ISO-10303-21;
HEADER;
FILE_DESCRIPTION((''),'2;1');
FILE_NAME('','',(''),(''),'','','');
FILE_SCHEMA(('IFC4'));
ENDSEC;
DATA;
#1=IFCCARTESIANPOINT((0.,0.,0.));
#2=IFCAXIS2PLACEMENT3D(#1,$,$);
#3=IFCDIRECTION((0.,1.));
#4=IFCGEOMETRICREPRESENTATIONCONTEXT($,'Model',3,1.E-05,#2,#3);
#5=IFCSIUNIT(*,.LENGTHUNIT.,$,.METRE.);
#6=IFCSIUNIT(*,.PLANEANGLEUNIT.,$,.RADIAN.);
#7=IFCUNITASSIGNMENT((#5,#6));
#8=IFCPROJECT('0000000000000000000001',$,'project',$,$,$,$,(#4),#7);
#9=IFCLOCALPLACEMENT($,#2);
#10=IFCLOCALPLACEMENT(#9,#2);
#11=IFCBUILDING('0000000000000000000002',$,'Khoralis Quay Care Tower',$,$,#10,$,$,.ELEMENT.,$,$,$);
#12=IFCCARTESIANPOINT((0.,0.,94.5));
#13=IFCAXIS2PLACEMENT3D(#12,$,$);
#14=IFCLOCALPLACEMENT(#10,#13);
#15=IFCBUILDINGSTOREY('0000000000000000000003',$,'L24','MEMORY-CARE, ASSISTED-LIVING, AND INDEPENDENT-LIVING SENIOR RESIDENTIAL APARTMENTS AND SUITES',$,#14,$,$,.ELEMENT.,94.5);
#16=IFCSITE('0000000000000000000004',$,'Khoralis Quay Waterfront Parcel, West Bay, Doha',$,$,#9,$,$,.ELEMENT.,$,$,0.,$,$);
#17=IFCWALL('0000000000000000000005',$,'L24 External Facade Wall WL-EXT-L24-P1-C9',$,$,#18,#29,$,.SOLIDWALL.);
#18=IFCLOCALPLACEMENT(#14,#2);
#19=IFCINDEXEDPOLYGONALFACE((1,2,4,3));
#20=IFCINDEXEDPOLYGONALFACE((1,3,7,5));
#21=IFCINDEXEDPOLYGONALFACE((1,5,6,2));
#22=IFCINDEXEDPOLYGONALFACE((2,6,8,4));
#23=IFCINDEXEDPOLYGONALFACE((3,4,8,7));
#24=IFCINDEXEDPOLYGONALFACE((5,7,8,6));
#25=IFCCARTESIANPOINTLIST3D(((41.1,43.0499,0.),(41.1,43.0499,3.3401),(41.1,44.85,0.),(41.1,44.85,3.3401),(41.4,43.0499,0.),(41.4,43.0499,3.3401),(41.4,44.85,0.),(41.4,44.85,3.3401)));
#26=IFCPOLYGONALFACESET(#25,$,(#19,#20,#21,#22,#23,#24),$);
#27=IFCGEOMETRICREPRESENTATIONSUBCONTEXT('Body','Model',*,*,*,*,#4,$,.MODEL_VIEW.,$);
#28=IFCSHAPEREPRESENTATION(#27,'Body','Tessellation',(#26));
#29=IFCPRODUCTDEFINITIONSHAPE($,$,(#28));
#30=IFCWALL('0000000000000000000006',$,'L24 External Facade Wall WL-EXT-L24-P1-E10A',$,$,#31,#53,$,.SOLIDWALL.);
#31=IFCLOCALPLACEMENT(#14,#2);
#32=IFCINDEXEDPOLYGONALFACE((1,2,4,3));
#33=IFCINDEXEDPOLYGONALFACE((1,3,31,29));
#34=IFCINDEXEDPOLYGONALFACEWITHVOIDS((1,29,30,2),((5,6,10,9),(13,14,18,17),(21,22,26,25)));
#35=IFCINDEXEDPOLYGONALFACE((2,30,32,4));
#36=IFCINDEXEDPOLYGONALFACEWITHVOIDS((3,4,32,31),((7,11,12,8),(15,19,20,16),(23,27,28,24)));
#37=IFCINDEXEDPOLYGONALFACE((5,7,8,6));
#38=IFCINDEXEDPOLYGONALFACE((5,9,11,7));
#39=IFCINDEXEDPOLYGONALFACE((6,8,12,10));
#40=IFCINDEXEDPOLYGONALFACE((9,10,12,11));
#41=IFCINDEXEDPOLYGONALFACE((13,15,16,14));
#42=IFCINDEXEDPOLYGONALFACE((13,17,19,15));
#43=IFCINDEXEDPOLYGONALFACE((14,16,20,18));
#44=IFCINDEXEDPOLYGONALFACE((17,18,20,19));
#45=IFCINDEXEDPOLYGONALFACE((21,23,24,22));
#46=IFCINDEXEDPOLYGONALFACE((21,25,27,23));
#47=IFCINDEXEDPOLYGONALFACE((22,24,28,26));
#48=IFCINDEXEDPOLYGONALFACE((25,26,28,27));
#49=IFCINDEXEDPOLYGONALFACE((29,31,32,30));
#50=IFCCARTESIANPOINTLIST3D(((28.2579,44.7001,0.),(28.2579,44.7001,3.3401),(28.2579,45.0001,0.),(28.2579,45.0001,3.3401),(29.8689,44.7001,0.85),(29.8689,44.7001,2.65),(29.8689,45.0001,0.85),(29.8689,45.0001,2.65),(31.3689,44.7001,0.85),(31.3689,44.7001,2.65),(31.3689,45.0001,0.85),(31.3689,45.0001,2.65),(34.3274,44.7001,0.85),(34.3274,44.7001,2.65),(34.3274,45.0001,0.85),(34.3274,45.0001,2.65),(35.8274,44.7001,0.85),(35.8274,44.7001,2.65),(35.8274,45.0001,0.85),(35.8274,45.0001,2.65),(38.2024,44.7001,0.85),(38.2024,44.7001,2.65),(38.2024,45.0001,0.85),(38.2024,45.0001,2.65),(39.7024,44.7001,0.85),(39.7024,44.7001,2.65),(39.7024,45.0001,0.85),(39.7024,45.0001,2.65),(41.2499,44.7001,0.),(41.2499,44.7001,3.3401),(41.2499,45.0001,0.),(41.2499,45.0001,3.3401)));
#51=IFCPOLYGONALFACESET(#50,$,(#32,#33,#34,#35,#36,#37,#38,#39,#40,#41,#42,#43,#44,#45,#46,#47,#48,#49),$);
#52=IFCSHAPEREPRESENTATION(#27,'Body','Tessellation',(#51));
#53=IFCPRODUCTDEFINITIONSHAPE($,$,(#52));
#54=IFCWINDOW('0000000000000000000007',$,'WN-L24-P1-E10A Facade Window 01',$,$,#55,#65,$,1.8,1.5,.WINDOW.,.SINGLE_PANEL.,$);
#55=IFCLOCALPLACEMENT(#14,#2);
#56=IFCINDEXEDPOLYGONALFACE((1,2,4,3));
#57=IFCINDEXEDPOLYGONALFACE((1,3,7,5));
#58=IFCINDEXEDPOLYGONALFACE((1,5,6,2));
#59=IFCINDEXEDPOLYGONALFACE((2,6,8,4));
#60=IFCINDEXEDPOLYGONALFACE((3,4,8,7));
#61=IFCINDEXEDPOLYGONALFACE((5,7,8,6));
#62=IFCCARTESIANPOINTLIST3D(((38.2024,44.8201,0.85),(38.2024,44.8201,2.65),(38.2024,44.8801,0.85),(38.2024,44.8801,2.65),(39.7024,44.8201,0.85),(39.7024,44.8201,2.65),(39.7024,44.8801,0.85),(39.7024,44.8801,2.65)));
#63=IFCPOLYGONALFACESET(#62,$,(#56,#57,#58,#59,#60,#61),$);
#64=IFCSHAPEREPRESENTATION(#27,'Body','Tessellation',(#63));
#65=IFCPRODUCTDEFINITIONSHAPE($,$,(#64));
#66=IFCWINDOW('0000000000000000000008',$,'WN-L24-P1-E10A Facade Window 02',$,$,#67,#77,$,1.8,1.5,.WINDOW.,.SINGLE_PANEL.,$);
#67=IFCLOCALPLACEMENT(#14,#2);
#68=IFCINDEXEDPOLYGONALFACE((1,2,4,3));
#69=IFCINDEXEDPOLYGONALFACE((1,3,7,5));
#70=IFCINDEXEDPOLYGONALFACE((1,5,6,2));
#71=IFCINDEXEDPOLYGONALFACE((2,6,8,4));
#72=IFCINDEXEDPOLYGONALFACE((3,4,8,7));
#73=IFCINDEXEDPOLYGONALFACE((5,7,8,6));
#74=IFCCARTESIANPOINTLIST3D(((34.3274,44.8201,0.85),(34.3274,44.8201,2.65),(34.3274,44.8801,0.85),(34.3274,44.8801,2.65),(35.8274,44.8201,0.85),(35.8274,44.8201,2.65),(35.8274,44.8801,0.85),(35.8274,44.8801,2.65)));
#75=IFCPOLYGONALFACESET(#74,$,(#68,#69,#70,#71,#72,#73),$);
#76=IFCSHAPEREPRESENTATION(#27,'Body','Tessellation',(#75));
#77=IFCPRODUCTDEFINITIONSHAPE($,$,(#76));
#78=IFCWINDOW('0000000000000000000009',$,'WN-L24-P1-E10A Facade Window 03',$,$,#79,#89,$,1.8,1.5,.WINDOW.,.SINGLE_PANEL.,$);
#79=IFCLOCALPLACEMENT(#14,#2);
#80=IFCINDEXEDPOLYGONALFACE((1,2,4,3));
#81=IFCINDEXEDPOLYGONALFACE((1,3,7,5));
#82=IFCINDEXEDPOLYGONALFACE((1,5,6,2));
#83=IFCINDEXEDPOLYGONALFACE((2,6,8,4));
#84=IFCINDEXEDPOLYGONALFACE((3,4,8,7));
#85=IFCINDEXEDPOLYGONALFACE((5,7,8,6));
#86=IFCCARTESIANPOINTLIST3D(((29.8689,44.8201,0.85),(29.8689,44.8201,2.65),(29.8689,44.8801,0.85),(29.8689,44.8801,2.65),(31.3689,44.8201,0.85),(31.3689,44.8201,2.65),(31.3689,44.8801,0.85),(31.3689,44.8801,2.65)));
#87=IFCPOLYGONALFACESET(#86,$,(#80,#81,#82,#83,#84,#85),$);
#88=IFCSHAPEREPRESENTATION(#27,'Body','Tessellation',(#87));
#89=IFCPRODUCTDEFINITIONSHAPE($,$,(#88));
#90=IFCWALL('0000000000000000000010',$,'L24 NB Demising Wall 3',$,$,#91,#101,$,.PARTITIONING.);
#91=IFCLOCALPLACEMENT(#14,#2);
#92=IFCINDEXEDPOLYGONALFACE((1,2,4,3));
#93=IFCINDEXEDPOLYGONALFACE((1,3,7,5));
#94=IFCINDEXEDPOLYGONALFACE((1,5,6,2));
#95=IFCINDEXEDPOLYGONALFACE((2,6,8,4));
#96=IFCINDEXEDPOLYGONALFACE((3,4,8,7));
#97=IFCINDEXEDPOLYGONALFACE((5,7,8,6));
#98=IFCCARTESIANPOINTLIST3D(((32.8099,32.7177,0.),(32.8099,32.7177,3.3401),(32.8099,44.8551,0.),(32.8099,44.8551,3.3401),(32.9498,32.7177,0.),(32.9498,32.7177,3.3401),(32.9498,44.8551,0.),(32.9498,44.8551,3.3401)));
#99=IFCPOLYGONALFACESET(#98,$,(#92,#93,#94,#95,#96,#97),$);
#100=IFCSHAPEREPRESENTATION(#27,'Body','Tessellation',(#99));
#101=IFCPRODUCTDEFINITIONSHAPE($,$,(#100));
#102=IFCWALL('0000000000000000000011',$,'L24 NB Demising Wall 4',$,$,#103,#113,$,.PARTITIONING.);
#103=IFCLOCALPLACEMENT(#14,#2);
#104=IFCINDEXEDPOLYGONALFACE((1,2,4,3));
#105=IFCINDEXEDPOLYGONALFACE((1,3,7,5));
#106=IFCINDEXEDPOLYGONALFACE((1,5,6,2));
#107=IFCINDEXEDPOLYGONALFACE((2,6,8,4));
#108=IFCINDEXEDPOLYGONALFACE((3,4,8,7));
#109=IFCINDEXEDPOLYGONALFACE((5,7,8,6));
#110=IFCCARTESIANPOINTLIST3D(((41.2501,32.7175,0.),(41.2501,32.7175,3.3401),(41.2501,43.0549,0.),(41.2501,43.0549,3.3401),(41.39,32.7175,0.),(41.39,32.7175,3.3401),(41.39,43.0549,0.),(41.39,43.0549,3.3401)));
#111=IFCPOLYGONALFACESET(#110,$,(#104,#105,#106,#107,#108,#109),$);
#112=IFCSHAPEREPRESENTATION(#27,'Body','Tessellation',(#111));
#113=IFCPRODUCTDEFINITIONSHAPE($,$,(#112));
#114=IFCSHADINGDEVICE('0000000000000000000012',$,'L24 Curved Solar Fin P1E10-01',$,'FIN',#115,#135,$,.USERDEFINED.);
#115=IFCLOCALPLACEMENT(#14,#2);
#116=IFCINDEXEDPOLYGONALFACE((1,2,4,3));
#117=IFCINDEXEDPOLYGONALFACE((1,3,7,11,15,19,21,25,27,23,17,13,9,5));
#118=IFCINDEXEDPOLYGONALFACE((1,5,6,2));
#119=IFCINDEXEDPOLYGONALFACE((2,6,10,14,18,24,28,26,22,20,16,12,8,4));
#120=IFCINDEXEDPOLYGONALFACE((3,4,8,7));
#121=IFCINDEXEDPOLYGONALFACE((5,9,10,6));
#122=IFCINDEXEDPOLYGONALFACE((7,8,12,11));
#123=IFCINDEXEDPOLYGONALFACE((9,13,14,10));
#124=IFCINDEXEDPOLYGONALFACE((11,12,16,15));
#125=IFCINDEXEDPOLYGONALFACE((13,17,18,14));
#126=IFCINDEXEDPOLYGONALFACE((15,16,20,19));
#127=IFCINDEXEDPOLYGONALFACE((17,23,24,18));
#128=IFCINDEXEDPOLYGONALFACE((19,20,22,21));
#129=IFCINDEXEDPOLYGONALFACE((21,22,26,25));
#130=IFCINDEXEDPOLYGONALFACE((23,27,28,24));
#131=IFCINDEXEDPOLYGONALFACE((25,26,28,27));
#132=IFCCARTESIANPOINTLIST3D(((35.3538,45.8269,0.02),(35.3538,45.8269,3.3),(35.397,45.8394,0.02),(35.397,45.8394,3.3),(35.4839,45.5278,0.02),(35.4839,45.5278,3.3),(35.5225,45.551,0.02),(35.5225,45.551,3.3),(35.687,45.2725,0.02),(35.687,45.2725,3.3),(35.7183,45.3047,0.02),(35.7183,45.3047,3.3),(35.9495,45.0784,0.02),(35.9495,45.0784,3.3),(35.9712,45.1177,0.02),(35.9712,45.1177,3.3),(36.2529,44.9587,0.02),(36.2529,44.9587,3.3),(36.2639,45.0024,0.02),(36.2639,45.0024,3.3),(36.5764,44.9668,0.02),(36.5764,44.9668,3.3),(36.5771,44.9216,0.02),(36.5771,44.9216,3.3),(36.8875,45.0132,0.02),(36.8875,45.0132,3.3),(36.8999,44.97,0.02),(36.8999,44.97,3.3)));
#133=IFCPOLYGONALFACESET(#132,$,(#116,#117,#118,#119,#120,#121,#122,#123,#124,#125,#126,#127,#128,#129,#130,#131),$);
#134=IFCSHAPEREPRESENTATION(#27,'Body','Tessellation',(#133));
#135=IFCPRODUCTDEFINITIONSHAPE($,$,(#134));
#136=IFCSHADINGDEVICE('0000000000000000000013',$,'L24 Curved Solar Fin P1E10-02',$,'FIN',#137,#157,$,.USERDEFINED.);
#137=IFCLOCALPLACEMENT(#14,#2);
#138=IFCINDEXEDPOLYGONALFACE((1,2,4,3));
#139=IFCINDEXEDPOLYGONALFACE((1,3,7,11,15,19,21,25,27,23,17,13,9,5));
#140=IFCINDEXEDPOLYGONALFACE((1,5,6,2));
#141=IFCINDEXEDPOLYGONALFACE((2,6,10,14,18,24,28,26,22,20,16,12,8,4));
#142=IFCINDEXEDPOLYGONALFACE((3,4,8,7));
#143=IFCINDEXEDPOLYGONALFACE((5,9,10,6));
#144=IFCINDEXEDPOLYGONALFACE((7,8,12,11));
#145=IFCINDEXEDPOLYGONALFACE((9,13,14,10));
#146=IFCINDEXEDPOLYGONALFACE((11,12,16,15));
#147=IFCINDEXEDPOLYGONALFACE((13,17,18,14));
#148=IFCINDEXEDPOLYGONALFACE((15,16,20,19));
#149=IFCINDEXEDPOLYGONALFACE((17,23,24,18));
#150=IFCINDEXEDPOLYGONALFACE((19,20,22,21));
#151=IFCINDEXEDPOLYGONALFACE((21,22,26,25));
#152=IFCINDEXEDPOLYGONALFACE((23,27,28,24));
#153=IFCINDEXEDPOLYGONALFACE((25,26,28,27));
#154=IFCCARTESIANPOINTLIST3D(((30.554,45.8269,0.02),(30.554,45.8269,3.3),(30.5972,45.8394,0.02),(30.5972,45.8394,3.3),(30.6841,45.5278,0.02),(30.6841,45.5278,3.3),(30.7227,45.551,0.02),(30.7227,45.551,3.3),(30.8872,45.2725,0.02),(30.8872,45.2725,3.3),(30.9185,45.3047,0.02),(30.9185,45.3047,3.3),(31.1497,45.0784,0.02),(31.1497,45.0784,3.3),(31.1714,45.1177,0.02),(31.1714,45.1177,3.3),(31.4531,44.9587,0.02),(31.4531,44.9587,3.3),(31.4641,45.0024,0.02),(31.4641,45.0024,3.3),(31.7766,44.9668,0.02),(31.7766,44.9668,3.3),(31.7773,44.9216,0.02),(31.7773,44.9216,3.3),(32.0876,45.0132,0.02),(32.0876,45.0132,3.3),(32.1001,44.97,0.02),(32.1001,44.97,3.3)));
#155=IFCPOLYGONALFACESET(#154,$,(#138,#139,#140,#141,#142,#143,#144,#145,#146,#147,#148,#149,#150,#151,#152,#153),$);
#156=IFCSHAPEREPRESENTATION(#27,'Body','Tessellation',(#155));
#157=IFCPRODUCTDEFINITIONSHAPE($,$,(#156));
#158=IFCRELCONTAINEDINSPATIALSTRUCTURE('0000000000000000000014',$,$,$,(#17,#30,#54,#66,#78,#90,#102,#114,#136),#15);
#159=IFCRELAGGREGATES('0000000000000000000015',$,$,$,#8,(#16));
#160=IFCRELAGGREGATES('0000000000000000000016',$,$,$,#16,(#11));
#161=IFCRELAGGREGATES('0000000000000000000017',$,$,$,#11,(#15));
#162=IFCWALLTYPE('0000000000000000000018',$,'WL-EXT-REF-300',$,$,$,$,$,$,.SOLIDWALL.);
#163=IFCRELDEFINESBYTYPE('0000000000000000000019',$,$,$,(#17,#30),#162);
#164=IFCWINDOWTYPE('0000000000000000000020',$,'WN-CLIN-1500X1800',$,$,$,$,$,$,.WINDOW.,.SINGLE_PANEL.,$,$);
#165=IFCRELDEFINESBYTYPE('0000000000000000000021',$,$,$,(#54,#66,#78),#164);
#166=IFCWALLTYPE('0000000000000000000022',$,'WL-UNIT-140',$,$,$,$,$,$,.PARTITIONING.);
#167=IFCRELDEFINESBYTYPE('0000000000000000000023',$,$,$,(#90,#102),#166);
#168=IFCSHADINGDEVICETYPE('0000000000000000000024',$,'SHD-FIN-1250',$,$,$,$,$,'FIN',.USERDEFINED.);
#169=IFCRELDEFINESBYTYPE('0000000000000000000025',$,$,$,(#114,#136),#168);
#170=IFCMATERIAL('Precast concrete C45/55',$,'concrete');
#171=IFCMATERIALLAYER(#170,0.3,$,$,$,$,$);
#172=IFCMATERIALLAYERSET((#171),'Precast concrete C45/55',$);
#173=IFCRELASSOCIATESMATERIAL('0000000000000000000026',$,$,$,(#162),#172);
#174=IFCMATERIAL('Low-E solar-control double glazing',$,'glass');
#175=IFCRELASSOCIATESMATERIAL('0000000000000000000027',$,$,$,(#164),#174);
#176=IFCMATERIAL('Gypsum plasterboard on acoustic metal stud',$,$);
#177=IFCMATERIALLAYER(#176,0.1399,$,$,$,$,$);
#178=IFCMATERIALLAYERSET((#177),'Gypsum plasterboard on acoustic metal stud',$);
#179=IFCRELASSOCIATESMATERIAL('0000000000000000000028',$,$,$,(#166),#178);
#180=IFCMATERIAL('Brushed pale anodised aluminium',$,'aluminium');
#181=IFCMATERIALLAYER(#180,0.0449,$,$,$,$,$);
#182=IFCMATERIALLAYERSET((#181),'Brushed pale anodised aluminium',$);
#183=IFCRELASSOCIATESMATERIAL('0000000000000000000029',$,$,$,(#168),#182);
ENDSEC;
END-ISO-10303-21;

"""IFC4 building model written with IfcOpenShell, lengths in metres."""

from ifc_helpers import new_model, si_unit, direction, frame, frame_2d, origin, place, context, subcontext, project, spatial, polyline, rectangle, outline, extrude, source, transform, mapped, material, layer, layer_set, type_object, element, fill, save


model = new_model("IFC4")

# Units and contexts
model_context = context("Model", 3, precision=1e-05, world=origin(), true_north=direction((0.0, 1.0)))
body_context = subcontext(model_context, "Body", "Model", "MODEL_VIEW")
ifc_project = project(units=[si_unit("LENGTHUNIT", "METRE"), si_unit("PLANEANGLEUNIT", "RADIAN")], contexts=[model_context])

# Site, building, storey
site_placement = place(None, origin())
site = spatial("IfcSite", under=ifc_project, at=site_placement, Name="Khoralis Quay Waterfront Parcel, West Bay, Doha", CompositionType="ELEMENT", RefElevation=0.0)
building_placement = place(site_placement, origin())
building = spatial("IfcBuilding", under=site, at=building_placement, Name="Khoralis Quay Care Tower", CompositionType="ELEMENT")
storey_placement = place(building_placement, frame((0.0, 0.0, 94.5)))
storey = spatial("IfcBuildingStorey", under=building, at=storey_placement, Name="L24", Description="MEMORY-CARE, ASSISTED-LIVING, AND INDEPENDENT-LIVING SENIOR RESIDENTIAL APARTMENTS AND SUITES", CompositionType="ELEMENT", Elevation=94.5)

# Wall
ifc_material_1 = material(Name="Gypsum plasterboard on acoustic metal stud")
ifc_material_2 = material(Name="Precast concrete C45/55", Category="concrete")
ifc_layer_1 = layer(ifc_material_2, 0.3)
ifc_layer_set_1 = layer_set([ifc_layer_1], Name="Precast concrete C45/55")
wall_type_1 = type_object("IfcWallType", Name="WL-EXT-REF-300", PredefinedType="SOLIDWALL", material=ifc_layer_set_1)
for number, where, z_axis, x_axis, name in (
    (1, (41.25, 43.05, 0.0), (0.0, 0.0, 1.0), (0.0, 1.0, 0.0), "L24 External Facade Wall WL-EXT-L24-P1-C9"),
):
    element("IfcWall", number, at=place(storey_placement, frame(where, z_axis=z_axis, x_axis=x_axis)), inside=storey, type_object=wall_type_1, Name=name, PredefinedType="SOLIDWALL", context=body_context, shape_type="SweptSolid", body=[
        extrude(rectangle(XDim=1.8, YDim=0.3, at=frame_2d((0.8999, 0.0))), origin(), (0.0, 0.0, 1.0), 3.3401),
    ])

# Wall, openings, windows
wall_1_placement = place(storey_placement, frame((41.25, 44.8501, 0.0), z_axis=(0.0, 0.0, 1.0), x_axis=(-1.0, 0.0, 0.0)))
wall_1 = element("IfcWall", 2, at=wall_1_placement, inside=storey, type_object=wall_type_1, Name="L24 External Facade Wall WL-EXT-L24-P1-E10A", PredefinedType="SOLIDWALL", context=body_context, shape_type="SweptSolid", body=[
    extrude(rectangle(XDim=12.9919, YDim=0.3, at=frame_2d((6.4961, 0.0))), origin(), (0.0, 0.0, 1.0), 3.3401),
])
opening_1_placement = place(wall_1_placement, frame((1.5476, 0.0, 0.8501)))
opening_1 = element("IfcOpeningElement", 3, at=opening_1_placement, cuts=wall_1, PredefinedType="OPENING", context=body_context, shape_type="SweptSolid", body=[
    extrude(rectangle(XDim=1.5, YDim=1.8, at=frame_2d((0.75, 0.8999))), frame((0.0, 0.1602, 0.0), z_axis=(0.0, -1.0, 0.0), x_axis=(1.0, 0.0, 0.0)), (0.0, 0.0, 1.0), 0.3201),
])
opening_2_placement = place(wall_1_placement, frame((5.4226, 0.0, 0.8501)))
opening_2 = element("IfcOpeningElement", 4, at=opening_2_placement, cuts=wall_1, PredefinedType="OPENING", context=body_context, shape_type="SweptSolid", body=[
    extrude(rectangle(XDim=1.5, YDim=1.8, at=frame_2d((0.75, 0.8999))), frame((0.0, 0.1602, 0.0), z_axis=(0.0, -1.0, 0.0), x_axis=(1.0, 0.0, 0.0)), (0.0, 0.0, 1.0), 0.3201),
])
opening_3_placement = place(wall_1_placement, frame((9.8811, 0.0, 0.8501)))
opening_3 = element("IfcOpeningElement", 5, at=opening_3_placement, cuts=wall_1, PredefinedType="OPENING", context=body_context, shape_type="SweptSolid", body=[
    extrude(rectangle(XDim=1.5, YDim=1.8, at=frame_2d((0.75, 0.8999))), frame((0.0, 0.1602, 0.0), z_axis=(0.0, -1.0, 0.0), x_axis=(1.0, 0.0, 0.0)), (0.0, 0.0, 1.0), 0.3201),
])
ifc_material_3 = material(Name="Low-E solar-control double glazing", Category="glass")
window_type = type_object("IfcWindowType", Name="WN-CLIN-1500X1800", PartitioningType="SINGLE_PANEL", PredefinedType="WINDOW", material=ifc_material_3)
shared_shape_1 = source(origin(), body_context, "Body", "SweptSolid", [
    extrude(rectangle(XDim=1.5, YDim=1.8, at=frame_2d((0.75, 0.8999))), frame((0.0, 0.03, 0.0), z_axis=(0.0, -1.0, 0.0), x_axis=(1.0, 0.0, 0.0)), (0.0, 0.0, 1.0), 0.0601),
])
window_1_placement = place(opening_1_placement, origin())
window_1 = element("IfcWindow", 6, at=window_1_placement, inside=storey, type_object=window_type, Name="WN-L24-P1-E10A Facade Window 01", OverallHeight=1.8, OverallWidth=1.5, PartitioningType="SINGLE_PANEL", PredefinedType="WINDOW", context=body_context, shape_type="MappedRepresentation", body=[
    mapped(shared_shape_1, transform((0.0, 0.0, 0.0), scale=1.0)),
])
fill(opening_1, window_1)
window_2_placement = place(opening_2_placement, origin())
window_2 = element("IfcWindow", 7, at=window_2_placement, inside=storey, type_object=window_type, Name="WN-L24-P1-E10A Facade Window 02", OverallHeight=1.8, OverallWidth=1.5, PartitioningType="SINGLE_PANEL", PredefinedType="WINDOW", context=body_context, shape_type="MappedRepresentation", body=[
    mapped(shared_shape_1, transform((0.0, 0.0, 0.0), scale=1.0)),
])
fill(opening_2, window_2)
window_3_placement = place(opening_3_placement, origin())
window_3 = element("IfcWindow", 8, at=window_3_placement, inside=storey, type_object=window_type, Name="WN-L24-P1-E10A Facade Window 03", OverallHeight=1.8, OverallWidth=1.5, PartitioningType="SINGLE_PANEL", PredefinedType="WINDOW", context=body_context, shape_type="MappedRepresentation", body=[
    mapped(shared_shape_1, transform((0.0, 0.0, 0.0), scale=1.0)),
])
fill(opening_3, window_3)

# Walls
ifc_layer_2 = layer(ifc_material_1, 0.1399)
ifc_layer_set_2 = layer_set([ifc_layer_2], Name="Gypsum plasterboard on acoustic metal stud")
wall_type_2 = type_object("IfcWallType", Name="WL-UNIT-140", PredefinedType="PARTITIONING", material=ifc_layer_set_2)
wall_2_placement = place(storey_placement, frame((32.8799, 32.7175, 0.0), z_axis=(0.0, 0.0, 1.0), x_axis=(0.0, 1.0, 0.0)))
element("IfcWall", 9, at=wall_2_placement, inside=storey, type_object=wall_type_2, Name="L24 NB Demising Wall 3", PredefinedType="PARTITIONING", context=body_context, shape_type="SweptSolid", body=[
    extrude(rectangle(XDim=12.1375, YDim=0.1399, at=frame_2d((6.0688, 0.0))), origin(), (0.0, 0.0, 1.0), 3.3401),
])
wall_3_placement = place(storey_placement, frame((41.3201, 32.7175, 0.0), z_axis=(0.0, 0.0, 1.0), x_axis=(0.0, 1.0, 0.0)))
element("IfcWall", 10, at=wall_3_placement, inside=storey, type_object=wall_type_2, Name="L24 NB Demising Wall 4", PredefinedType="PARTITIONING", context=body_context, shape_type="SweptSolid", body=[
    extrude(rectangle(XDim=10.3374, YDim=0.1399, at=frame_2d((5.1687, 0.0))), origin(), (0.0, 0.0, 1.0), 3.3401),
])

# Shading devices
ifc_material_4 = material(Name="Brushed pale anodised aluminium", Category="aluminium")
ifc_layer_3 = layer(ifc_material_4, 0.0449)
ifc_layer_set_3 = layer_set([ifc_layer_3], Name="Brushed pale anodised aluminium")
shading_device_type = type_object("IfcShadingDeviceType", Name="SHD-FIN-1250", ElementType="FIN", PredefinedType="USERDEFINED", material=ifc_layer_set_3)
shared_shape_2 = source(origin(), body_context, "Body", "SweptSolid", [
    extrude(outline(polyline([(0.0, 0.0), (-0.0483, 0.3228), (-0.0112, 0.647), (0.1084, 0.9504), (0.3025, 1.2129), (0.5579, 1.416), (0.8569, 1.5461), (0.8694, 1.5029), (0.5811, 1.3774), (0.3347, 1.1816), (0.1477, 0.9287), (0.0325, 0.636), (-0.0032, 0.3235), (0.0432, 0.0125), (0.0, 0.0)])), origin(), (0.0, 0.0, 1.0), 3.28),
])
for number, where, z_axis, x_axis, name in (
    (11, (36.8999, 44.97, 0.02), (0.0, 0.0, 1.0), (0.0, 1.0, 0.0), "L24 Curved Solar Fin P1E10-01"),
    (12, (32.1001, 44.97, 0.02), (0.0, 0.0, 1.0), (0.0, 1.0, 0.0), "L24 Curved Solar Fin P1E10-02"),
):
    element("IfcShadingDevice", number, at=place(storey_placement, frame(where, z_axis=z_axis, x_axis=x_axis)), inside=storey, type_object=shading_device_type, Name=name, ObjectType="FIN", PredefinedType="USERDEFINED", context=body_context, shape_type="MappedRepresentation", body=[
        mapped(shared_shape_2, transform((0.0, 0.0, 0.0), scale=1.0)),
    ])

save(model, "model.ifc")
